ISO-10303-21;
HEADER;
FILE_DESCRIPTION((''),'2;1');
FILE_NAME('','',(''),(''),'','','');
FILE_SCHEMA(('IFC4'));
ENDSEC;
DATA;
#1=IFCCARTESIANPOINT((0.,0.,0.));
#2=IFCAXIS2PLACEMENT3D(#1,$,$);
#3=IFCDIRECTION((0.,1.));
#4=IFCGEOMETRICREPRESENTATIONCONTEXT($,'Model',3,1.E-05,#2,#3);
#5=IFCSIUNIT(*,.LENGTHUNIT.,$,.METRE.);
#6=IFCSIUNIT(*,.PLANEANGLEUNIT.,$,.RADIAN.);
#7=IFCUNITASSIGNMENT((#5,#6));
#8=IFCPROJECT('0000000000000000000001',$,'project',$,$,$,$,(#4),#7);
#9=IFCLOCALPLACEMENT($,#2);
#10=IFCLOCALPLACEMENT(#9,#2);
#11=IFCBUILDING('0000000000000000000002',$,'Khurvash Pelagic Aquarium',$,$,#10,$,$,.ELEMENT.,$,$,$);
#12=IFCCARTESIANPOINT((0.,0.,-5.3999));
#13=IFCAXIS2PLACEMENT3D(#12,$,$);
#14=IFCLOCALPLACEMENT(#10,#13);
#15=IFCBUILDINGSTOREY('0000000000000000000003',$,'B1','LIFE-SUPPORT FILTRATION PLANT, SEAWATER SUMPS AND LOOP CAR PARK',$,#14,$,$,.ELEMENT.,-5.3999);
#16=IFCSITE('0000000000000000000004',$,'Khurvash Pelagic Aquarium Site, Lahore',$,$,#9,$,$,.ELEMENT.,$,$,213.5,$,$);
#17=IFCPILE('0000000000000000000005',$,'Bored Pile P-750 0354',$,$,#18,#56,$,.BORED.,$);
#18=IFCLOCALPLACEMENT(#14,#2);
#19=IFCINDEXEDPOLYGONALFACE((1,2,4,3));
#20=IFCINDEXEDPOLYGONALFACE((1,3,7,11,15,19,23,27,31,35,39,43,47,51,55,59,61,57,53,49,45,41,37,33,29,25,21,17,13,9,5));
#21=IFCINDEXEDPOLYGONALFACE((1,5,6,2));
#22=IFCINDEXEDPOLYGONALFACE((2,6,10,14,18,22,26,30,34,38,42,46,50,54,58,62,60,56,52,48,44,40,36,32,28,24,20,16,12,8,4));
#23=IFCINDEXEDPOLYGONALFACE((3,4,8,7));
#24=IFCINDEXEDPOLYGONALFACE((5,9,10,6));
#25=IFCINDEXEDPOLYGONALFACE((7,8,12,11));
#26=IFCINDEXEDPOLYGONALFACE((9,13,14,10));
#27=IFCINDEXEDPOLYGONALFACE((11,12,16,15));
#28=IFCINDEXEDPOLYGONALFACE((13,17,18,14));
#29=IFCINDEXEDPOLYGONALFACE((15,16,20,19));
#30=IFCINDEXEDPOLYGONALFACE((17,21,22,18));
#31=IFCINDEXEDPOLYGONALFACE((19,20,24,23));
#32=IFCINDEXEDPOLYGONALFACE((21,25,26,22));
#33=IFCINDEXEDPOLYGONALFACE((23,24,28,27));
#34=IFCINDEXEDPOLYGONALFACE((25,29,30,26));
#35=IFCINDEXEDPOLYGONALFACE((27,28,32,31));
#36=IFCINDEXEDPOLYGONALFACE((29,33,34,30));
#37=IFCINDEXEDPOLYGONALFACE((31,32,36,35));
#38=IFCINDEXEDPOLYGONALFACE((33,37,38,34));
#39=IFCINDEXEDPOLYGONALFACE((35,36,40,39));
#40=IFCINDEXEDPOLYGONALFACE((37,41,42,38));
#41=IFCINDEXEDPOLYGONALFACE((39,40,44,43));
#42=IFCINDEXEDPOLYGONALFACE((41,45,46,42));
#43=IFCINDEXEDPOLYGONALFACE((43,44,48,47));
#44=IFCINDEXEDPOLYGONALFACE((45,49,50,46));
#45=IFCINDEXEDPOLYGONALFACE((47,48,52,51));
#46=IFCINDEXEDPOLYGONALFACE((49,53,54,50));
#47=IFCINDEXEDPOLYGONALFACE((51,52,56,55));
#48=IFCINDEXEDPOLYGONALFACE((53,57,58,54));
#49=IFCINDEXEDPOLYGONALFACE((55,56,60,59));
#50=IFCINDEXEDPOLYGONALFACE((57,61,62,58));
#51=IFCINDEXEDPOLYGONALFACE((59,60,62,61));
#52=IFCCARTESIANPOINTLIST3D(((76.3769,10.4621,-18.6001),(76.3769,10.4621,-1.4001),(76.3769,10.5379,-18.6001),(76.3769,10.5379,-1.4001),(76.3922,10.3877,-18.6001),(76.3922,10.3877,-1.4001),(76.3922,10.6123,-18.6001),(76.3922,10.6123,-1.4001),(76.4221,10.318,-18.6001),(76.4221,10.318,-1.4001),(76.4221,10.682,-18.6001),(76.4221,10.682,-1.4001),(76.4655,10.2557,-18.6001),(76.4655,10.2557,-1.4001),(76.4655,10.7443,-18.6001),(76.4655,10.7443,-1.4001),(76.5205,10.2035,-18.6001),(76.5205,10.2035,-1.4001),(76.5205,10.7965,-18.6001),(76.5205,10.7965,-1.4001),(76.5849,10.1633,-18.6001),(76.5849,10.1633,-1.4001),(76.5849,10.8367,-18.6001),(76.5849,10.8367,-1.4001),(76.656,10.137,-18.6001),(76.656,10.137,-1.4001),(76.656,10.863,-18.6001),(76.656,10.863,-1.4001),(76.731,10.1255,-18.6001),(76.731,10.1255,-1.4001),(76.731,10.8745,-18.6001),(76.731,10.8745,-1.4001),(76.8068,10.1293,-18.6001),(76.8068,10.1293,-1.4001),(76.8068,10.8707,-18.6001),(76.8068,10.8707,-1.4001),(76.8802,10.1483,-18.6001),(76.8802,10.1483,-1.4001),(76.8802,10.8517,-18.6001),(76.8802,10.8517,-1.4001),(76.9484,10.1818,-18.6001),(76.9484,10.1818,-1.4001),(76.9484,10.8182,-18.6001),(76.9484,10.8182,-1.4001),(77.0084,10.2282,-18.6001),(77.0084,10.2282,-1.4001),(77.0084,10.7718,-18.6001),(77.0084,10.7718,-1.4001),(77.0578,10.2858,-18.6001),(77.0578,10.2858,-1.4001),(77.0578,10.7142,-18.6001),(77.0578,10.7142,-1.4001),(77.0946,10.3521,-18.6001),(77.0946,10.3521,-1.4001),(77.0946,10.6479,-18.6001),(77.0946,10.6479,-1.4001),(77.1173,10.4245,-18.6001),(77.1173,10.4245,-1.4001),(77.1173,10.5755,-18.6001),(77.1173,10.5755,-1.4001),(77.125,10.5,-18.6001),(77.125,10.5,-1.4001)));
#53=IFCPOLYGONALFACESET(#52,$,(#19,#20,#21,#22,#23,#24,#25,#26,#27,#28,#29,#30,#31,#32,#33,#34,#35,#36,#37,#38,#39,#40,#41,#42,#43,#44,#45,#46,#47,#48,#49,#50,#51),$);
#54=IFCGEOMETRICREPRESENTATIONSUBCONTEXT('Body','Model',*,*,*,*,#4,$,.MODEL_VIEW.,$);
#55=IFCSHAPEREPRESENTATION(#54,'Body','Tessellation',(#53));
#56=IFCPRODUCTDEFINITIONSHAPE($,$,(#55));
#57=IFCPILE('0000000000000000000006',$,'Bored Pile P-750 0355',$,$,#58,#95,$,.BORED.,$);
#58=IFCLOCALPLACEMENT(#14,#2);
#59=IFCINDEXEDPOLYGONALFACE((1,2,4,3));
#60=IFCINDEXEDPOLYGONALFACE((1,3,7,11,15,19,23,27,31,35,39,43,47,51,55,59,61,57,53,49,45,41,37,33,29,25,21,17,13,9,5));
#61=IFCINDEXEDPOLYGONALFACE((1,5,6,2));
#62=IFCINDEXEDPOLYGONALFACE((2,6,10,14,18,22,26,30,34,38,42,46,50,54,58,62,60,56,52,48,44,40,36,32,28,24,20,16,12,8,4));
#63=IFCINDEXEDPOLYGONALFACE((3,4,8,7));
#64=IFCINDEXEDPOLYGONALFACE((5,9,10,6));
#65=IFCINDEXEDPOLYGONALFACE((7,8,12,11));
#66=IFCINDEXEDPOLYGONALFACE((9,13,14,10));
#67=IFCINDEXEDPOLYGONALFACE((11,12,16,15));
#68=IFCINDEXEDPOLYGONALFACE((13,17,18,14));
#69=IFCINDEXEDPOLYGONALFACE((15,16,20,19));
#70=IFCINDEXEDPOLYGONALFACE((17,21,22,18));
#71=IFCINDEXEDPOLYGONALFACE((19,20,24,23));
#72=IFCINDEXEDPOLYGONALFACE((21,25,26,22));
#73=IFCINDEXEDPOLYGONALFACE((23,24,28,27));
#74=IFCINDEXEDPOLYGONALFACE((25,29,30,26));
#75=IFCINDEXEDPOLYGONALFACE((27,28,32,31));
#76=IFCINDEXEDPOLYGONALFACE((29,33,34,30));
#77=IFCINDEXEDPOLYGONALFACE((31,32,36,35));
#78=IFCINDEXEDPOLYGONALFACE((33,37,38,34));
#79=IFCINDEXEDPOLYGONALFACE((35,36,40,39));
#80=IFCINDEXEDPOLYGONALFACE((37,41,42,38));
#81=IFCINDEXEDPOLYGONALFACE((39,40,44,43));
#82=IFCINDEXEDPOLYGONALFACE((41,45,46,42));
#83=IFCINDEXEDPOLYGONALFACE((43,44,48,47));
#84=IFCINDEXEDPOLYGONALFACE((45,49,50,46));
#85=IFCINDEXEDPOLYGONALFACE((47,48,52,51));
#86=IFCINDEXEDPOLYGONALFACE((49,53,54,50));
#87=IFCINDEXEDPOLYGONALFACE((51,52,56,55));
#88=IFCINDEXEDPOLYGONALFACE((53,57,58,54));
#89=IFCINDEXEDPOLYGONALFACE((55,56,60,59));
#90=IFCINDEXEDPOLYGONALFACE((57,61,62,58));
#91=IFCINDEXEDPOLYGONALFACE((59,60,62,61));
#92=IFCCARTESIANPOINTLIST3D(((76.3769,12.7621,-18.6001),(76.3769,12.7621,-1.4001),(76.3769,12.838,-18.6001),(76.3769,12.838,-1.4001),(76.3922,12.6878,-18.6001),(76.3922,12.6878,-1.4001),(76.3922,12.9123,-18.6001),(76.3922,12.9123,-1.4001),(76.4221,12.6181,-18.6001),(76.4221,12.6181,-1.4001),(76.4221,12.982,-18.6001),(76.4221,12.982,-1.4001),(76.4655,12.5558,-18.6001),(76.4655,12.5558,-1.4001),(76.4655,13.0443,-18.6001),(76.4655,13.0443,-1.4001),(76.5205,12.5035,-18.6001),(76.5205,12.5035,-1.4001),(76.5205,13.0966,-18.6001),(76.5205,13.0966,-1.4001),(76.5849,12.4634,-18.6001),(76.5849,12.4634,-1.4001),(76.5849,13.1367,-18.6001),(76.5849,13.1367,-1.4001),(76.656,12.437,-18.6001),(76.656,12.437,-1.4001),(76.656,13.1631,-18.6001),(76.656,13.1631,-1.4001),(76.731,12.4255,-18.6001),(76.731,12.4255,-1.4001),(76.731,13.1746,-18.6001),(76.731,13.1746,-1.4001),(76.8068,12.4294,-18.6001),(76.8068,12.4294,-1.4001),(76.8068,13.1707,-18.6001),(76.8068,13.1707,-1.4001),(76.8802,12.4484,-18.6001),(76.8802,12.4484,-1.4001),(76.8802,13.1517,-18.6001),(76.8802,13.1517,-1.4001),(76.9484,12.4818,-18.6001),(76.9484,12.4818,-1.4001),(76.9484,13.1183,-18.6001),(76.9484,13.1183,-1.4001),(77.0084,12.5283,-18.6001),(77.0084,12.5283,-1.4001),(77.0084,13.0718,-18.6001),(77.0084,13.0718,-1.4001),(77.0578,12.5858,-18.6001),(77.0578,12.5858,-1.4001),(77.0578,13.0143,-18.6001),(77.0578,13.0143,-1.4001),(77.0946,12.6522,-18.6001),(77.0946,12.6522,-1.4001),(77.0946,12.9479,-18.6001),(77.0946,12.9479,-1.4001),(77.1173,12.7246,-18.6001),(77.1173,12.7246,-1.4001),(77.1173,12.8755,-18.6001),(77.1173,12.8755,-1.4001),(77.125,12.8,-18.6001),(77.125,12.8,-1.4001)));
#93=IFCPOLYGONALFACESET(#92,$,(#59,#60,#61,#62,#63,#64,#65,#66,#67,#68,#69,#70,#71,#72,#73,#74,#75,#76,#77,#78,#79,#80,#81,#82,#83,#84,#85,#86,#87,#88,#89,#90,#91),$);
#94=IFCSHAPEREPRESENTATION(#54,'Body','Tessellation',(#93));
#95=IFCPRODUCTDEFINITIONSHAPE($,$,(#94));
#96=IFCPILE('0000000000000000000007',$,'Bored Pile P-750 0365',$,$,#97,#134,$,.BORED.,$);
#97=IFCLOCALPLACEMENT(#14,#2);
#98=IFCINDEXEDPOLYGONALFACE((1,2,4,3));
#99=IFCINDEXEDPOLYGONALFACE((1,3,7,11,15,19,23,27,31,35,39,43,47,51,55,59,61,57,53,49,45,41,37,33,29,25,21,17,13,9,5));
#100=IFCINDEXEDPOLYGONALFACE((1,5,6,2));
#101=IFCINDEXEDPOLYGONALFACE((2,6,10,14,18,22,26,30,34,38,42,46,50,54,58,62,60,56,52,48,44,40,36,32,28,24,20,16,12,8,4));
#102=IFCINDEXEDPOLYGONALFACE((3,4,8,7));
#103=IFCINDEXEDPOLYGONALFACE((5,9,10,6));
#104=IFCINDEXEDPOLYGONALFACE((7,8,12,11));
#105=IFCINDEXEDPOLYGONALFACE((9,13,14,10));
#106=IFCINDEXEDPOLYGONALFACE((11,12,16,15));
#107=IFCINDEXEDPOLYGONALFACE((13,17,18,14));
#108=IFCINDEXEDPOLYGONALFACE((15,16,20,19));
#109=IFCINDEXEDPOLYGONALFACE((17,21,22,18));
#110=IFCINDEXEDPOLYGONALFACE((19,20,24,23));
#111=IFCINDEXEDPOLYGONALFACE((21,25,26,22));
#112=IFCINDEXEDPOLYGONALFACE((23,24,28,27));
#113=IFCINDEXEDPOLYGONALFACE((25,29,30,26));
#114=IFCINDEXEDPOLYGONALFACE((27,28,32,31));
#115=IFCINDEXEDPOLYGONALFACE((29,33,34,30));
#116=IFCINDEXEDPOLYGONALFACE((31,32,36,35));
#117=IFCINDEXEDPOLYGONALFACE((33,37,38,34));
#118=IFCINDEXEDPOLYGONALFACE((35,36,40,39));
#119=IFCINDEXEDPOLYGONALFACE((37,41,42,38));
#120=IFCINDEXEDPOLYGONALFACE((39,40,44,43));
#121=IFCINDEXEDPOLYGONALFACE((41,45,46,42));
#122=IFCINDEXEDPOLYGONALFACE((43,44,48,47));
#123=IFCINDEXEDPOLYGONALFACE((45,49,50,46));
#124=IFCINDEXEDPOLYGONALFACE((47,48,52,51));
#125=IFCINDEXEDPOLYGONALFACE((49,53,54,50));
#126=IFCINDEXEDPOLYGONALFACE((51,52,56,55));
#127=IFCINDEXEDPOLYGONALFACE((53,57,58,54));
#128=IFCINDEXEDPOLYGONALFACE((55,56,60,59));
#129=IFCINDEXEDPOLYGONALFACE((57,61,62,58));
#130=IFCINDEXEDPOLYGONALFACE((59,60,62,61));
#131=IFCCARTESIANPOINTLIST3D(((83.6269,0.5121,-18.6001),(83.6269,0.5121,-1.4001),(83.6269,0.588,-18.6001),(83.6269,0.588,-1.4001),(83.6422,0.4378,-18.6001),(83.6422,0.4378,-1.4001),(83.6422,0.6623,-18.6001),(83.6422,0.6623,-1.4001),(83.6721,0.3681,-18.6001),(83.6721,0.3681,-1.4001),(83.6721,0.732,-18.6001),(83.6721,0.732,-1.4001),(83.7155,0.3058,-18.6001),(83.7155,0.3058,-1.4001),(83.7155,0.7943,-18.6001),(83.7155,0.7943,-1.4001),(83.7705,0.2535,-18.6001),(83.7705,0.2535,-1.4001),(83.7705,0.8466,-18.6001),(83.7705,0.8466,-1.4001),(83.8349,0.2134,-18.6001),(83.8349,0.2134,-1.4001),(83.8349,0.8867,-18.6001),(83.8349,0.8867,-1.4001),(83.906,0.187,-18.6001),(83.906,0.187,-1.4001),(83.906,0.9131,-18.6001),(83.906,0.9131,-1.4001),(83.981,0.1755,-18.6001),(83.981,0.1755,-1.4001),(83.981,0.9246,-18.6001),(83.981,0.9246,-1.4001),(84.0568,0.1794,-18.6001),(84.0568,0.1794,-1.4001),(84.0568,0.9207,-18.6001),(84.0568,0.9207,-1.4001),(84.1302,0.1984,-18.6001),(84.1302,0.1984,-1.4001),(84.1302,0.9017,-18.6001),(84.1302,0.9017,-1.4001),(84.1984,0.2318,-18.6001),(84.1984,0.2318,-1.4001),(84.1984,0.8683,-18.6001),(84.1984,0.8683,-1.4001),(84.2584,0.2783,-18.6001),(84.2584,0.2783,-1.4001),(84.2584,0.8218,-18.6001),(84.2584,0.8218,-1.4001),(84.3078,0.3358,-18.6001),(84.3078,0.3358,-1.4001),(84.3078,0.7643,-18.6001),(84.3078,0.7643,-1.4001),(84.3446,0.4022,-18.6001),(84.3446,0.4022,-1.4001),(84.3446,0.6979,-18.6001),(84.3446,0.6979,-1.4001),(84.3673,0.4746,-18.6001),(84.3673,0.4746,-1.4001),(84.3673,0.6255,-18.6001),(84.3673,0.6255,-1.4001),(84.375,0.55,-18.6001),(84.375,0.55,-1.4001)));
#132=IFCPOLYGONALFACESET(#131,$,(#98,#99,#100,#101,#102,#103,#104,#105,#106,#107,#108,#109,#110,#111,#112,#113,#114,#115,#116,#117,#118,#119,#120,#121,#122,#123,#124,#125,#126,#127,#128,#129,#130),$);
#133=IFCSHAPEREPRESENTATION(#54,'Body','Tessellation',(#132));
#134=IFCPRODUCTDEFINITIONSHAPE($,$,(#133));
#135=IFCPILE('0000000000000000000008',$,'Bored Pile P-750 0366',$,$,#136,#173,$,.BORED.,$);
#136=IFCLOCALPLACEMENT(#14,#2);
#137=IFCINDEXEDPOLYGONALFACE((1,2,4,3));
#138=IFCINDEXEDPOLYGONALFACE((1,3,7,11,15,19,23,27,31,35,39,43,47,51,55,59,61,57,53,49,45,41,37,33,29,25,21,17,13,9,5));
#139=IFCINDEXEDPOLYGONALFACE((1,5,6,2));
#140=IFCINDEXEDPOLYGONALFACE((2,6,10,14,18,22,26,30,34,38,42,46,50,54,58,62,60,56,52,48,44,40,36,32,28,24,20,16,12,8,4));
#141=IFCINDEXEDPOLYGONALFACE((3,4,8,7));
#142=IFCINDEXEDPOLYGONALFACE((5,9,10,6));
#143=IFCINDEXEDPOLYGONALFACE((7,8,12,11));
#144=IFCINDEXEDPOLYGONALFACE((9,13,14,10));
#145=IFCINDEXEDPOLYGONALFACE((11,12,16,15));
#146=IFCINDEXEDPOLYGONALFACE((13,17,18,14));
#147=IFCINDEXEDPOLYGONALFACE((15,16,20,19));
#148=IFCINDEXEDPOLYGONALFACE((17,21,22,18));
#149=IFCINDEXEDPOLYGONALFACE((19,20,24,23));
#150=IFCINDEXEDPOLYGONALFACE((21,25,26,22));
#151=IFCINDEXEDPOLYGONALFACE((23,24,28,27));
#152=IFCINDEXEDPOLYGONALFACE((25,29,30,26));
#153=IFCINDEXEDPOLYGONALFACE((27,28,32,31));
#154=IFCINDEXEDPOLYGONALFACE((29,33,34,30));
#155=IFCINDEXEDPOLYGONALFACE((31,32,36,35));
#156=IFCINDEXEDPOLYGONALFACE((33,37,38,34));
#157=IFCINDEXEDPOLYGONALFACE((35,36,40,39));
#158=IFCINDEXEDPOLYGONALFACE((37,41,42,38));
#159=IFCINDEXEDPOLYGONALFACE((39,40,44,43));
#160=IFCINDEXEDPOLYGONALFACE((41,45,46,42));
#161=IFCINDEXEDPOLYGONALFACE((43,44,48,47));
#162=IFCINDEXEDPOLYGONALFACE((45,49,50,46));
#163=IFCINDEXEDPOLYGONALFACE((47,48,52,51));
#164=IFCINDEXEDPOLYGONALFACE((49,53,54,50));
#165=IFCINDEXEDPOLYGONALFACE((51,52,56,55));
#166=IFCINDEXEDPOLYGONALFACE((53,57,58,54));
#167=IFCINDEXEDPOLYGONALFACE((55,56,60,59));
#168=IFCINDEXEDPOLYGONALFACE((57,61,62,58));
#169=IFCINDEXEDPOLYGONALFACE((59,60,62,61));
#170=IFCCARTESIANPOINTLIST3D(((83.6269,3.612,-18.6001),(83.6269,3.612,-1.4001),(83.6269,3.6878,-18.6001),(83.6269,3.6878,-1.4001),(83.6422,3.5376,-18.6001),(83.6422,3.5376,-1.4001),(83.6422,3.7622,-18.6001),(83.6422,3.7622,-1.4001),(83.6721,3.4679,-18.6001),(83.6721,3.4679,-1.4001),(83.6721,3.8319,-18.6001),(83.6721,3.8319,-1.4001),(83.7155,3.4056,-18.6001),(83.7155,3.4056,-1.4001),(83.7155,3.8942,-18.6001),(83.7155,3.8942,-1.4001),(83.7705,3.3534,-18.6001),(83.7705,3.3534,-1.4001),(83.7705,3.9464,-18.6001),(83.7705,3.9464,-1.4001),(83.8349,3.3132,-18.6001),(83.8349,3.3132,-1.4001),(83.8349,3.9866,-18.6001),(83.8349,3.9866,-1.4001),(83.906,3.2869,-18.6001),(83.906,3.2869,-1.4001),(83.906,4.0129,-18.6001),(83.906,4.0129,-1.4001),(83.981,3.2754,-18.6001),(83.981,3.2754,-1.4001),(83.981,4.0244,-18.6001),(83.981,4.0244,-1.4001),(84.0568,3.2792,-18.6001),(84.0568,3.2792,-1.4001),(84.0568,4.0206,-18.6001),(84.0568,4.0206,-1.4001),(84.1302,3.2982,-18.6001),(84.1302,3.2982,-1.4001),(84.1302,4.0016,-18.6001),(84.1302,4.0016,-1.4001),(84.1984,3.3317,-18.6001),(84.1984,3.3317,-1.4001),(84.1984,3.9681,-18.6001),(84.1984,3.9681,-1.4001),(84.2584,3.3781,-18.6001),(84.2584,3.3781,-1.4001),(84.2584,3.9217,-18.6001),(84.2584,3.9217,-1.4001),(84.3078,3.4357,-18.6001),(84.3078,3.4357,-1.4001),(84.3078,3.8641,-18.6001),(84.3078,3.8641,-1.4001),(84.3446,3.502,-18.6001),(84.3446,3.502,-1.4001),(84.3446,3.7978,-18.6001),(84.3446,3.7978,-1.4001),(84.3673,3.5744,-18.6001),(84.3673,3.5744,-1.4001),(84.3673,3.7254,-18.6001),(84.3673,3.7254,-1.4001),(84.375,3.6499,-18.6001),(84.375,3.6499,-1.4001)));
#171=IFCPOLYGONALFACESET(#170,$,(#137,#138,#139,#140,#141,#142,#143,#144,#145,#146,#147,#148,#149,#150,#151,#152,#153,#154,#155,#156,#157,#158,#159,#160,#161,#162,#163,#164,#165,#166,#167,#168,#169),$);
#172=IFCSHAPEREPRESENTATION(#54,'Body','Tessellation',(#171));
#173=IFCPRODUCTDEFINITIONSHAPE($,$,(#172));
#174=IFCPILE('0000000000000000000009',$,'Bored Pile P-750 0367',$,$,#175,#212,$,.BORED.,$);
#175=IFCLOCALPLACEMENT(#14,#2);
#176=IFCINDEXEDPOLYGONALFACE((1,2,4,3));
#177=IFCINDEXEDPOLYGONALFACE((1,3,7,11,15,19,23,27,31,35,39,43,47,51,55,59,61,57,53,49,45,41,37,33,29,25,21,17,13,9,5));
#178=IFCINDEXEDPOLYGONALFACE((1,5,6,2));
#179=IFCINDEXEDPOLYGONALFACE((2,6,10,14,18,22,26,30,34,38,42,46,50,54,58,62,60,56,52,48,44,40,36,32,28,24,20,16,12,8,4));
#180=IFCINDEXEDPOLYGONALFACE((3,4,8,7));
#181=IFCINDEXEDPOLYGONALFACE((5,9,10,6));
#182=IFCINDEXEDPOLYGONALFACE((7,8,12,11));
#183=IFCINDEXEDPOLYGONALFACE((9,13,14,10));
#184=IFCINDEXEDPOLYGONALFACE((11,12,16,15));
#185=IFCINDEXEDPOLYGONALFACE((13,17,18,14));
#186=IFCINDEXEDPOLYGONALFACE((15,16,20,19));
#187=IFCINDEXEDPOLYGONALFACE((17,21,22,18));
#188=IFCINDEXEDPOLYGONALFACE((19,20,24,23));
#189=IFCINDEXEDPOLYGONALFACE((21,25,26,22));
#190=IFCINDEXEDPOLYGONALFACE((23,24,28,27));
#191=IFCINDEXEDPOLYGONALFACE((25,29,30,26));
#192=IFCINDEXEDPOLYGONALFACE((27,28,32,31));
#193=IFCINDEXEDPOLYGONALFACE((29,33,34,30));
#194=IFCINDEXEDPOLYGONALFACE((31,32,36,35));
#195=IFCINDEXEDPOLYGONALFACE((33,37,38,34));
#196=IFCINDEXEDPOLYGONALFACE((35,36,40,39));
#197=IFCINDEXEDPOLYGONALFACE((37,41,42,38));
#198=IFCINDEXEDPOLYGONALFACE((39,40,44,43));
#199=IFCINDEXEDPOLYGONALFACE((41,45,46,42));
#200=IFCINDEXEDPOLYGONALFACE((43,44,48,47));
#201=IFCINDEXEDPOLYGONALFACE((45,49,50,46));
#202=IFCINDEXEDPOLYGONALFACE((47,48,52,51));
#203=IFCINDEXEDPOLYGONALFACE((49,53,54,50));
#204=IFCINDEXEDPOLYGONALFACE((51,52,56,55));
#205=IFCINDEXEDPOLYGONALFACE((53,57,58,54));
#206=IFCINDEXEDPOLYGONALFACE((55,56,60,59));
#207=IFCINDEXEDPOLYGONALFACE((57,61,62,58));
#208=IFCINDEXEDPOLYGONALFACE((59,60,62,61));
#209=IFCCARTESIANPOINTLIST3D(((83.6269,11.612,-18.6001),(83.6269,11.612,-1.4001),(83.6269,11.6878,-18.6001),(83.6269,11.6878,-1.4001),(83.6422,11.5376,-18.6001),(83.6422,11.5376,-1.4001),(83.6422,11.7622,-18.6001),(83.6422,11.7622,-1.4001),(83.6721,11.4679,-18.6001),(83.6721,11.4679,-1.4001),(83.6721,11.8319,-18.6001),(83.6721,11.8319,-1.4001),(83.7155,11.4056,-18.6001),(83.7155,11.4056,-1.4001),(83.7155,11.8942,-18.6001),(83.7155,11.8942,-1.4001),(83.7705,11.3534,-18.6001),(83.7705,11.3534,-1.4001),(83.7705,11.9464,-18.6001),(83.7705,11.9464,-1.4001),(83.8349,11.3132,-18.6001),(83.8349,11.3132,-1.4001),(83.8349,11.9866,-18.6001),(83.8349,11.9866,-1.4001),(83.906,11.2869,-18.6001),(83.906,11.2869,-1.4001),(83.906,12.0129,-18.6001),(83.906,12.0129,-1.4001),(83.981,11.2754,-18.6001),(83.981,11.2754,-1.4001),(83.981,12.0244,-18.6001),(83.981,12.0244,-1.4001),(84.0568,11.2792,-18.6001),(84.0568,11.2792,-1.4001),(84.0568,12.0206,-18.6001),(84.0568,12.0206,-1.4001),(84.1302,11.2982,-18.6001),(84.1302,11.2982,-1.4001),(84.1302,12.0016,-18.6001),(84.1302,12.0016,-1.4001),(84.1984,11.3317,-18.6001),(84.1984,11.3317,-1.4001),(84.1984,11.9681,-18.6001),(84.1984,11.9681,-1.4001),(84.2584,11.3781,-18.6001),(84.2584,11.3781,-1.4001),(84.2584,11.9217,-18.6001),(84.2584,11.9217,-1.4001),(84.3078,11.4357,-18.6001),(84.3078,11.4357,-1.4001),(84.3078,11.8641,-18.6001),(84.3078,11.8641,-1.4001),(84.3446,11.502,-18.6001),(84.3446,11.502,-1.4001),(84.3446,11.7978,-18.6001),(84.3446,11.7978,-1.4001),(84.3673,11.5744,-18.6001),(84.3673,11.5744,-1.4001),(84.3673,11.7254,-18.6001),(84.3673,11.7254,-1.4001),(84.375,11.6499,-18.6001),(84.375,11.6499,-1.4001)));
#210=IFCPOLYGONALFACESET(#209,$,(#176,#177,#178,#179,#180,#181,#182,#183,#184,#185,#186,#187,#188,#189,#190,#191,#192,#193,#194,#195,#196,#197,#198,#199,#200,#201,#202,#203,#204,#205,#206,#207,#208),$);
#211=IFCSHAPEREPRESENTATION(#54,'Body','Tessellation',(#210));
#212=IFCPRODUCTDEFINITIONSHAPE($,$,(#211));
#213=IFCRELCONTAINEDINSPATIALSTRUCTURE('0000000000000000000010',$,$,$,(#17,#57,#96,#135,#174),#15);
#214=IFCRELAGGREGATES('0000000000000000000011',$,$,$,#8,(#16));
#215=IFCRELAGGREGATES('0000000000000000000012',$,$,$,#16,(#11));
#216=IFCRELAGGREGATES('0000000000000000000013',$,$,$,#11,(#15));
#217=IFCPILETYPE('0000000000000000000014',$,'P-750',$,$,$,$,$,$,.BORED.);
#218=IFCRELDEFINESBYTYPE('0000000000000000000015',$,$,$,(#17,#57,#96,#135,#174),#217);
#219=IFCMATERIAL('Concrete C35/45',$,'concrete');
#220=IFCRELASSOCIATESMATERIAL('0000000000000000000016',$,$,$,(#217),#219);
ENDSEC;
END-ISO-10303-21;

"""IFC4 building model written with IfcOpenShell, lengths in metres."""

from ifc_helpers import new_model, si_unit, direction, frame, origin, origin_2d, place, context, subcontext, project, spatial, circle, extrude, material, material_profile, profile_set, type_object, element, save


model = new_model("IFC4")

# Units and contexts
model_context = context("Model", 3, precision=1e-05, world=origin(), true_north=direction((0.0, 1.0)))
body_context = subcontext(model_context, "Body", "Model", "MODEL_VIEW")
ifc_project = project(units=[si_unit("LENGTHUNIT", "METRE"), si_unit("PLANEANGLEUNIT", "RADIAN")], contexts=[model_context])

# Site, building, storey
site_placement = place(None, origin())
site = spatial("IfcSite", under=ifc_project, at=site_placement, Name="Khurvash Pelagic Aquarium Site, Lahore", CompositionType="ELEMENT", RefElevation=213.5)
building_placement = place(site_placement, origin())
building = spatial("IfcBuilding", under=site, at=building_placement, Name="Khurvash Pelagic Aquarium", CompositionType="ELEMENT")
storey_placement = place(building_placement, frame((0.0, 0.0, -5.3999)))
storey = spatial("IfcBuildingStorey", under=building, at=storey_placement, Name="B1", Description="LIFE-SUPPORT FILTRATION PLANT, SEAWATER SUMPS AND LOOP CAR PARK", CompositionType="ELEMENT", Elevation=-5.3999)

# Shared definitions
ifc_material_1 = material(Name="Concrete C35/45", Category="concrete")

# Piles
ifc_material_profile_1 = material_profile(ifc_material_1, circle(Radius=0.375, at=origin_2d()), Name="PILE750")
ifc_profile_set_1 = profile_set([ifc_material_profile_1], Name="Concrete C35/45")
pile_type = type_object("IfcPileType", Name="P-750", PredefinedType="BORED", material=ifc_profile_set_1)
for number, where, z_axis, x_axis, name in (
    (1, (76.75, 10.5, -1.4001), (0.0, 0.0, -1.0), (1.0, 0.0, 0.0), "Bored Pile P-750 0354"),
    (2, (76.75, 12.8, -1.4001), (0.0, 0.0, -1.0), (1.0, 0.0, 0.0), "Bored Pile P-750 0355"),
    (3, (84.0, 0.55, -1.4001), (0.0, 0.0, -1.0), (1.0, 0.0, 0.0), "Bored Pile P-750 0365"),
    (4, (84.0, 3.6499, -1.4001), (0.0, 0.0, -1.0), (1.0, 0.0, 0.0), "Bored Pile P-750 0366"),
    (5, (84.0, 11.6499, -1.4001), (0.0, 0.0, -1.0), (1.0, 0.0, 0.0), "Bored Pile P-750 0367"),
):
    element("IfcPile", number, at=place(storey_placement, frame(where, z_axis=z_axis, x_axis=x_axis)), inside=storey, type_object=pile_type, Name=name, PredefinedType="BORED", context=body_context, shape_type="SweptSolid", body=[
        extrude(circle(Radius=0.375, at=origin_2d()), origin(), (0.0, 0.0, 1.0), 17.2),
    ])

save(model, "model.ifc")
